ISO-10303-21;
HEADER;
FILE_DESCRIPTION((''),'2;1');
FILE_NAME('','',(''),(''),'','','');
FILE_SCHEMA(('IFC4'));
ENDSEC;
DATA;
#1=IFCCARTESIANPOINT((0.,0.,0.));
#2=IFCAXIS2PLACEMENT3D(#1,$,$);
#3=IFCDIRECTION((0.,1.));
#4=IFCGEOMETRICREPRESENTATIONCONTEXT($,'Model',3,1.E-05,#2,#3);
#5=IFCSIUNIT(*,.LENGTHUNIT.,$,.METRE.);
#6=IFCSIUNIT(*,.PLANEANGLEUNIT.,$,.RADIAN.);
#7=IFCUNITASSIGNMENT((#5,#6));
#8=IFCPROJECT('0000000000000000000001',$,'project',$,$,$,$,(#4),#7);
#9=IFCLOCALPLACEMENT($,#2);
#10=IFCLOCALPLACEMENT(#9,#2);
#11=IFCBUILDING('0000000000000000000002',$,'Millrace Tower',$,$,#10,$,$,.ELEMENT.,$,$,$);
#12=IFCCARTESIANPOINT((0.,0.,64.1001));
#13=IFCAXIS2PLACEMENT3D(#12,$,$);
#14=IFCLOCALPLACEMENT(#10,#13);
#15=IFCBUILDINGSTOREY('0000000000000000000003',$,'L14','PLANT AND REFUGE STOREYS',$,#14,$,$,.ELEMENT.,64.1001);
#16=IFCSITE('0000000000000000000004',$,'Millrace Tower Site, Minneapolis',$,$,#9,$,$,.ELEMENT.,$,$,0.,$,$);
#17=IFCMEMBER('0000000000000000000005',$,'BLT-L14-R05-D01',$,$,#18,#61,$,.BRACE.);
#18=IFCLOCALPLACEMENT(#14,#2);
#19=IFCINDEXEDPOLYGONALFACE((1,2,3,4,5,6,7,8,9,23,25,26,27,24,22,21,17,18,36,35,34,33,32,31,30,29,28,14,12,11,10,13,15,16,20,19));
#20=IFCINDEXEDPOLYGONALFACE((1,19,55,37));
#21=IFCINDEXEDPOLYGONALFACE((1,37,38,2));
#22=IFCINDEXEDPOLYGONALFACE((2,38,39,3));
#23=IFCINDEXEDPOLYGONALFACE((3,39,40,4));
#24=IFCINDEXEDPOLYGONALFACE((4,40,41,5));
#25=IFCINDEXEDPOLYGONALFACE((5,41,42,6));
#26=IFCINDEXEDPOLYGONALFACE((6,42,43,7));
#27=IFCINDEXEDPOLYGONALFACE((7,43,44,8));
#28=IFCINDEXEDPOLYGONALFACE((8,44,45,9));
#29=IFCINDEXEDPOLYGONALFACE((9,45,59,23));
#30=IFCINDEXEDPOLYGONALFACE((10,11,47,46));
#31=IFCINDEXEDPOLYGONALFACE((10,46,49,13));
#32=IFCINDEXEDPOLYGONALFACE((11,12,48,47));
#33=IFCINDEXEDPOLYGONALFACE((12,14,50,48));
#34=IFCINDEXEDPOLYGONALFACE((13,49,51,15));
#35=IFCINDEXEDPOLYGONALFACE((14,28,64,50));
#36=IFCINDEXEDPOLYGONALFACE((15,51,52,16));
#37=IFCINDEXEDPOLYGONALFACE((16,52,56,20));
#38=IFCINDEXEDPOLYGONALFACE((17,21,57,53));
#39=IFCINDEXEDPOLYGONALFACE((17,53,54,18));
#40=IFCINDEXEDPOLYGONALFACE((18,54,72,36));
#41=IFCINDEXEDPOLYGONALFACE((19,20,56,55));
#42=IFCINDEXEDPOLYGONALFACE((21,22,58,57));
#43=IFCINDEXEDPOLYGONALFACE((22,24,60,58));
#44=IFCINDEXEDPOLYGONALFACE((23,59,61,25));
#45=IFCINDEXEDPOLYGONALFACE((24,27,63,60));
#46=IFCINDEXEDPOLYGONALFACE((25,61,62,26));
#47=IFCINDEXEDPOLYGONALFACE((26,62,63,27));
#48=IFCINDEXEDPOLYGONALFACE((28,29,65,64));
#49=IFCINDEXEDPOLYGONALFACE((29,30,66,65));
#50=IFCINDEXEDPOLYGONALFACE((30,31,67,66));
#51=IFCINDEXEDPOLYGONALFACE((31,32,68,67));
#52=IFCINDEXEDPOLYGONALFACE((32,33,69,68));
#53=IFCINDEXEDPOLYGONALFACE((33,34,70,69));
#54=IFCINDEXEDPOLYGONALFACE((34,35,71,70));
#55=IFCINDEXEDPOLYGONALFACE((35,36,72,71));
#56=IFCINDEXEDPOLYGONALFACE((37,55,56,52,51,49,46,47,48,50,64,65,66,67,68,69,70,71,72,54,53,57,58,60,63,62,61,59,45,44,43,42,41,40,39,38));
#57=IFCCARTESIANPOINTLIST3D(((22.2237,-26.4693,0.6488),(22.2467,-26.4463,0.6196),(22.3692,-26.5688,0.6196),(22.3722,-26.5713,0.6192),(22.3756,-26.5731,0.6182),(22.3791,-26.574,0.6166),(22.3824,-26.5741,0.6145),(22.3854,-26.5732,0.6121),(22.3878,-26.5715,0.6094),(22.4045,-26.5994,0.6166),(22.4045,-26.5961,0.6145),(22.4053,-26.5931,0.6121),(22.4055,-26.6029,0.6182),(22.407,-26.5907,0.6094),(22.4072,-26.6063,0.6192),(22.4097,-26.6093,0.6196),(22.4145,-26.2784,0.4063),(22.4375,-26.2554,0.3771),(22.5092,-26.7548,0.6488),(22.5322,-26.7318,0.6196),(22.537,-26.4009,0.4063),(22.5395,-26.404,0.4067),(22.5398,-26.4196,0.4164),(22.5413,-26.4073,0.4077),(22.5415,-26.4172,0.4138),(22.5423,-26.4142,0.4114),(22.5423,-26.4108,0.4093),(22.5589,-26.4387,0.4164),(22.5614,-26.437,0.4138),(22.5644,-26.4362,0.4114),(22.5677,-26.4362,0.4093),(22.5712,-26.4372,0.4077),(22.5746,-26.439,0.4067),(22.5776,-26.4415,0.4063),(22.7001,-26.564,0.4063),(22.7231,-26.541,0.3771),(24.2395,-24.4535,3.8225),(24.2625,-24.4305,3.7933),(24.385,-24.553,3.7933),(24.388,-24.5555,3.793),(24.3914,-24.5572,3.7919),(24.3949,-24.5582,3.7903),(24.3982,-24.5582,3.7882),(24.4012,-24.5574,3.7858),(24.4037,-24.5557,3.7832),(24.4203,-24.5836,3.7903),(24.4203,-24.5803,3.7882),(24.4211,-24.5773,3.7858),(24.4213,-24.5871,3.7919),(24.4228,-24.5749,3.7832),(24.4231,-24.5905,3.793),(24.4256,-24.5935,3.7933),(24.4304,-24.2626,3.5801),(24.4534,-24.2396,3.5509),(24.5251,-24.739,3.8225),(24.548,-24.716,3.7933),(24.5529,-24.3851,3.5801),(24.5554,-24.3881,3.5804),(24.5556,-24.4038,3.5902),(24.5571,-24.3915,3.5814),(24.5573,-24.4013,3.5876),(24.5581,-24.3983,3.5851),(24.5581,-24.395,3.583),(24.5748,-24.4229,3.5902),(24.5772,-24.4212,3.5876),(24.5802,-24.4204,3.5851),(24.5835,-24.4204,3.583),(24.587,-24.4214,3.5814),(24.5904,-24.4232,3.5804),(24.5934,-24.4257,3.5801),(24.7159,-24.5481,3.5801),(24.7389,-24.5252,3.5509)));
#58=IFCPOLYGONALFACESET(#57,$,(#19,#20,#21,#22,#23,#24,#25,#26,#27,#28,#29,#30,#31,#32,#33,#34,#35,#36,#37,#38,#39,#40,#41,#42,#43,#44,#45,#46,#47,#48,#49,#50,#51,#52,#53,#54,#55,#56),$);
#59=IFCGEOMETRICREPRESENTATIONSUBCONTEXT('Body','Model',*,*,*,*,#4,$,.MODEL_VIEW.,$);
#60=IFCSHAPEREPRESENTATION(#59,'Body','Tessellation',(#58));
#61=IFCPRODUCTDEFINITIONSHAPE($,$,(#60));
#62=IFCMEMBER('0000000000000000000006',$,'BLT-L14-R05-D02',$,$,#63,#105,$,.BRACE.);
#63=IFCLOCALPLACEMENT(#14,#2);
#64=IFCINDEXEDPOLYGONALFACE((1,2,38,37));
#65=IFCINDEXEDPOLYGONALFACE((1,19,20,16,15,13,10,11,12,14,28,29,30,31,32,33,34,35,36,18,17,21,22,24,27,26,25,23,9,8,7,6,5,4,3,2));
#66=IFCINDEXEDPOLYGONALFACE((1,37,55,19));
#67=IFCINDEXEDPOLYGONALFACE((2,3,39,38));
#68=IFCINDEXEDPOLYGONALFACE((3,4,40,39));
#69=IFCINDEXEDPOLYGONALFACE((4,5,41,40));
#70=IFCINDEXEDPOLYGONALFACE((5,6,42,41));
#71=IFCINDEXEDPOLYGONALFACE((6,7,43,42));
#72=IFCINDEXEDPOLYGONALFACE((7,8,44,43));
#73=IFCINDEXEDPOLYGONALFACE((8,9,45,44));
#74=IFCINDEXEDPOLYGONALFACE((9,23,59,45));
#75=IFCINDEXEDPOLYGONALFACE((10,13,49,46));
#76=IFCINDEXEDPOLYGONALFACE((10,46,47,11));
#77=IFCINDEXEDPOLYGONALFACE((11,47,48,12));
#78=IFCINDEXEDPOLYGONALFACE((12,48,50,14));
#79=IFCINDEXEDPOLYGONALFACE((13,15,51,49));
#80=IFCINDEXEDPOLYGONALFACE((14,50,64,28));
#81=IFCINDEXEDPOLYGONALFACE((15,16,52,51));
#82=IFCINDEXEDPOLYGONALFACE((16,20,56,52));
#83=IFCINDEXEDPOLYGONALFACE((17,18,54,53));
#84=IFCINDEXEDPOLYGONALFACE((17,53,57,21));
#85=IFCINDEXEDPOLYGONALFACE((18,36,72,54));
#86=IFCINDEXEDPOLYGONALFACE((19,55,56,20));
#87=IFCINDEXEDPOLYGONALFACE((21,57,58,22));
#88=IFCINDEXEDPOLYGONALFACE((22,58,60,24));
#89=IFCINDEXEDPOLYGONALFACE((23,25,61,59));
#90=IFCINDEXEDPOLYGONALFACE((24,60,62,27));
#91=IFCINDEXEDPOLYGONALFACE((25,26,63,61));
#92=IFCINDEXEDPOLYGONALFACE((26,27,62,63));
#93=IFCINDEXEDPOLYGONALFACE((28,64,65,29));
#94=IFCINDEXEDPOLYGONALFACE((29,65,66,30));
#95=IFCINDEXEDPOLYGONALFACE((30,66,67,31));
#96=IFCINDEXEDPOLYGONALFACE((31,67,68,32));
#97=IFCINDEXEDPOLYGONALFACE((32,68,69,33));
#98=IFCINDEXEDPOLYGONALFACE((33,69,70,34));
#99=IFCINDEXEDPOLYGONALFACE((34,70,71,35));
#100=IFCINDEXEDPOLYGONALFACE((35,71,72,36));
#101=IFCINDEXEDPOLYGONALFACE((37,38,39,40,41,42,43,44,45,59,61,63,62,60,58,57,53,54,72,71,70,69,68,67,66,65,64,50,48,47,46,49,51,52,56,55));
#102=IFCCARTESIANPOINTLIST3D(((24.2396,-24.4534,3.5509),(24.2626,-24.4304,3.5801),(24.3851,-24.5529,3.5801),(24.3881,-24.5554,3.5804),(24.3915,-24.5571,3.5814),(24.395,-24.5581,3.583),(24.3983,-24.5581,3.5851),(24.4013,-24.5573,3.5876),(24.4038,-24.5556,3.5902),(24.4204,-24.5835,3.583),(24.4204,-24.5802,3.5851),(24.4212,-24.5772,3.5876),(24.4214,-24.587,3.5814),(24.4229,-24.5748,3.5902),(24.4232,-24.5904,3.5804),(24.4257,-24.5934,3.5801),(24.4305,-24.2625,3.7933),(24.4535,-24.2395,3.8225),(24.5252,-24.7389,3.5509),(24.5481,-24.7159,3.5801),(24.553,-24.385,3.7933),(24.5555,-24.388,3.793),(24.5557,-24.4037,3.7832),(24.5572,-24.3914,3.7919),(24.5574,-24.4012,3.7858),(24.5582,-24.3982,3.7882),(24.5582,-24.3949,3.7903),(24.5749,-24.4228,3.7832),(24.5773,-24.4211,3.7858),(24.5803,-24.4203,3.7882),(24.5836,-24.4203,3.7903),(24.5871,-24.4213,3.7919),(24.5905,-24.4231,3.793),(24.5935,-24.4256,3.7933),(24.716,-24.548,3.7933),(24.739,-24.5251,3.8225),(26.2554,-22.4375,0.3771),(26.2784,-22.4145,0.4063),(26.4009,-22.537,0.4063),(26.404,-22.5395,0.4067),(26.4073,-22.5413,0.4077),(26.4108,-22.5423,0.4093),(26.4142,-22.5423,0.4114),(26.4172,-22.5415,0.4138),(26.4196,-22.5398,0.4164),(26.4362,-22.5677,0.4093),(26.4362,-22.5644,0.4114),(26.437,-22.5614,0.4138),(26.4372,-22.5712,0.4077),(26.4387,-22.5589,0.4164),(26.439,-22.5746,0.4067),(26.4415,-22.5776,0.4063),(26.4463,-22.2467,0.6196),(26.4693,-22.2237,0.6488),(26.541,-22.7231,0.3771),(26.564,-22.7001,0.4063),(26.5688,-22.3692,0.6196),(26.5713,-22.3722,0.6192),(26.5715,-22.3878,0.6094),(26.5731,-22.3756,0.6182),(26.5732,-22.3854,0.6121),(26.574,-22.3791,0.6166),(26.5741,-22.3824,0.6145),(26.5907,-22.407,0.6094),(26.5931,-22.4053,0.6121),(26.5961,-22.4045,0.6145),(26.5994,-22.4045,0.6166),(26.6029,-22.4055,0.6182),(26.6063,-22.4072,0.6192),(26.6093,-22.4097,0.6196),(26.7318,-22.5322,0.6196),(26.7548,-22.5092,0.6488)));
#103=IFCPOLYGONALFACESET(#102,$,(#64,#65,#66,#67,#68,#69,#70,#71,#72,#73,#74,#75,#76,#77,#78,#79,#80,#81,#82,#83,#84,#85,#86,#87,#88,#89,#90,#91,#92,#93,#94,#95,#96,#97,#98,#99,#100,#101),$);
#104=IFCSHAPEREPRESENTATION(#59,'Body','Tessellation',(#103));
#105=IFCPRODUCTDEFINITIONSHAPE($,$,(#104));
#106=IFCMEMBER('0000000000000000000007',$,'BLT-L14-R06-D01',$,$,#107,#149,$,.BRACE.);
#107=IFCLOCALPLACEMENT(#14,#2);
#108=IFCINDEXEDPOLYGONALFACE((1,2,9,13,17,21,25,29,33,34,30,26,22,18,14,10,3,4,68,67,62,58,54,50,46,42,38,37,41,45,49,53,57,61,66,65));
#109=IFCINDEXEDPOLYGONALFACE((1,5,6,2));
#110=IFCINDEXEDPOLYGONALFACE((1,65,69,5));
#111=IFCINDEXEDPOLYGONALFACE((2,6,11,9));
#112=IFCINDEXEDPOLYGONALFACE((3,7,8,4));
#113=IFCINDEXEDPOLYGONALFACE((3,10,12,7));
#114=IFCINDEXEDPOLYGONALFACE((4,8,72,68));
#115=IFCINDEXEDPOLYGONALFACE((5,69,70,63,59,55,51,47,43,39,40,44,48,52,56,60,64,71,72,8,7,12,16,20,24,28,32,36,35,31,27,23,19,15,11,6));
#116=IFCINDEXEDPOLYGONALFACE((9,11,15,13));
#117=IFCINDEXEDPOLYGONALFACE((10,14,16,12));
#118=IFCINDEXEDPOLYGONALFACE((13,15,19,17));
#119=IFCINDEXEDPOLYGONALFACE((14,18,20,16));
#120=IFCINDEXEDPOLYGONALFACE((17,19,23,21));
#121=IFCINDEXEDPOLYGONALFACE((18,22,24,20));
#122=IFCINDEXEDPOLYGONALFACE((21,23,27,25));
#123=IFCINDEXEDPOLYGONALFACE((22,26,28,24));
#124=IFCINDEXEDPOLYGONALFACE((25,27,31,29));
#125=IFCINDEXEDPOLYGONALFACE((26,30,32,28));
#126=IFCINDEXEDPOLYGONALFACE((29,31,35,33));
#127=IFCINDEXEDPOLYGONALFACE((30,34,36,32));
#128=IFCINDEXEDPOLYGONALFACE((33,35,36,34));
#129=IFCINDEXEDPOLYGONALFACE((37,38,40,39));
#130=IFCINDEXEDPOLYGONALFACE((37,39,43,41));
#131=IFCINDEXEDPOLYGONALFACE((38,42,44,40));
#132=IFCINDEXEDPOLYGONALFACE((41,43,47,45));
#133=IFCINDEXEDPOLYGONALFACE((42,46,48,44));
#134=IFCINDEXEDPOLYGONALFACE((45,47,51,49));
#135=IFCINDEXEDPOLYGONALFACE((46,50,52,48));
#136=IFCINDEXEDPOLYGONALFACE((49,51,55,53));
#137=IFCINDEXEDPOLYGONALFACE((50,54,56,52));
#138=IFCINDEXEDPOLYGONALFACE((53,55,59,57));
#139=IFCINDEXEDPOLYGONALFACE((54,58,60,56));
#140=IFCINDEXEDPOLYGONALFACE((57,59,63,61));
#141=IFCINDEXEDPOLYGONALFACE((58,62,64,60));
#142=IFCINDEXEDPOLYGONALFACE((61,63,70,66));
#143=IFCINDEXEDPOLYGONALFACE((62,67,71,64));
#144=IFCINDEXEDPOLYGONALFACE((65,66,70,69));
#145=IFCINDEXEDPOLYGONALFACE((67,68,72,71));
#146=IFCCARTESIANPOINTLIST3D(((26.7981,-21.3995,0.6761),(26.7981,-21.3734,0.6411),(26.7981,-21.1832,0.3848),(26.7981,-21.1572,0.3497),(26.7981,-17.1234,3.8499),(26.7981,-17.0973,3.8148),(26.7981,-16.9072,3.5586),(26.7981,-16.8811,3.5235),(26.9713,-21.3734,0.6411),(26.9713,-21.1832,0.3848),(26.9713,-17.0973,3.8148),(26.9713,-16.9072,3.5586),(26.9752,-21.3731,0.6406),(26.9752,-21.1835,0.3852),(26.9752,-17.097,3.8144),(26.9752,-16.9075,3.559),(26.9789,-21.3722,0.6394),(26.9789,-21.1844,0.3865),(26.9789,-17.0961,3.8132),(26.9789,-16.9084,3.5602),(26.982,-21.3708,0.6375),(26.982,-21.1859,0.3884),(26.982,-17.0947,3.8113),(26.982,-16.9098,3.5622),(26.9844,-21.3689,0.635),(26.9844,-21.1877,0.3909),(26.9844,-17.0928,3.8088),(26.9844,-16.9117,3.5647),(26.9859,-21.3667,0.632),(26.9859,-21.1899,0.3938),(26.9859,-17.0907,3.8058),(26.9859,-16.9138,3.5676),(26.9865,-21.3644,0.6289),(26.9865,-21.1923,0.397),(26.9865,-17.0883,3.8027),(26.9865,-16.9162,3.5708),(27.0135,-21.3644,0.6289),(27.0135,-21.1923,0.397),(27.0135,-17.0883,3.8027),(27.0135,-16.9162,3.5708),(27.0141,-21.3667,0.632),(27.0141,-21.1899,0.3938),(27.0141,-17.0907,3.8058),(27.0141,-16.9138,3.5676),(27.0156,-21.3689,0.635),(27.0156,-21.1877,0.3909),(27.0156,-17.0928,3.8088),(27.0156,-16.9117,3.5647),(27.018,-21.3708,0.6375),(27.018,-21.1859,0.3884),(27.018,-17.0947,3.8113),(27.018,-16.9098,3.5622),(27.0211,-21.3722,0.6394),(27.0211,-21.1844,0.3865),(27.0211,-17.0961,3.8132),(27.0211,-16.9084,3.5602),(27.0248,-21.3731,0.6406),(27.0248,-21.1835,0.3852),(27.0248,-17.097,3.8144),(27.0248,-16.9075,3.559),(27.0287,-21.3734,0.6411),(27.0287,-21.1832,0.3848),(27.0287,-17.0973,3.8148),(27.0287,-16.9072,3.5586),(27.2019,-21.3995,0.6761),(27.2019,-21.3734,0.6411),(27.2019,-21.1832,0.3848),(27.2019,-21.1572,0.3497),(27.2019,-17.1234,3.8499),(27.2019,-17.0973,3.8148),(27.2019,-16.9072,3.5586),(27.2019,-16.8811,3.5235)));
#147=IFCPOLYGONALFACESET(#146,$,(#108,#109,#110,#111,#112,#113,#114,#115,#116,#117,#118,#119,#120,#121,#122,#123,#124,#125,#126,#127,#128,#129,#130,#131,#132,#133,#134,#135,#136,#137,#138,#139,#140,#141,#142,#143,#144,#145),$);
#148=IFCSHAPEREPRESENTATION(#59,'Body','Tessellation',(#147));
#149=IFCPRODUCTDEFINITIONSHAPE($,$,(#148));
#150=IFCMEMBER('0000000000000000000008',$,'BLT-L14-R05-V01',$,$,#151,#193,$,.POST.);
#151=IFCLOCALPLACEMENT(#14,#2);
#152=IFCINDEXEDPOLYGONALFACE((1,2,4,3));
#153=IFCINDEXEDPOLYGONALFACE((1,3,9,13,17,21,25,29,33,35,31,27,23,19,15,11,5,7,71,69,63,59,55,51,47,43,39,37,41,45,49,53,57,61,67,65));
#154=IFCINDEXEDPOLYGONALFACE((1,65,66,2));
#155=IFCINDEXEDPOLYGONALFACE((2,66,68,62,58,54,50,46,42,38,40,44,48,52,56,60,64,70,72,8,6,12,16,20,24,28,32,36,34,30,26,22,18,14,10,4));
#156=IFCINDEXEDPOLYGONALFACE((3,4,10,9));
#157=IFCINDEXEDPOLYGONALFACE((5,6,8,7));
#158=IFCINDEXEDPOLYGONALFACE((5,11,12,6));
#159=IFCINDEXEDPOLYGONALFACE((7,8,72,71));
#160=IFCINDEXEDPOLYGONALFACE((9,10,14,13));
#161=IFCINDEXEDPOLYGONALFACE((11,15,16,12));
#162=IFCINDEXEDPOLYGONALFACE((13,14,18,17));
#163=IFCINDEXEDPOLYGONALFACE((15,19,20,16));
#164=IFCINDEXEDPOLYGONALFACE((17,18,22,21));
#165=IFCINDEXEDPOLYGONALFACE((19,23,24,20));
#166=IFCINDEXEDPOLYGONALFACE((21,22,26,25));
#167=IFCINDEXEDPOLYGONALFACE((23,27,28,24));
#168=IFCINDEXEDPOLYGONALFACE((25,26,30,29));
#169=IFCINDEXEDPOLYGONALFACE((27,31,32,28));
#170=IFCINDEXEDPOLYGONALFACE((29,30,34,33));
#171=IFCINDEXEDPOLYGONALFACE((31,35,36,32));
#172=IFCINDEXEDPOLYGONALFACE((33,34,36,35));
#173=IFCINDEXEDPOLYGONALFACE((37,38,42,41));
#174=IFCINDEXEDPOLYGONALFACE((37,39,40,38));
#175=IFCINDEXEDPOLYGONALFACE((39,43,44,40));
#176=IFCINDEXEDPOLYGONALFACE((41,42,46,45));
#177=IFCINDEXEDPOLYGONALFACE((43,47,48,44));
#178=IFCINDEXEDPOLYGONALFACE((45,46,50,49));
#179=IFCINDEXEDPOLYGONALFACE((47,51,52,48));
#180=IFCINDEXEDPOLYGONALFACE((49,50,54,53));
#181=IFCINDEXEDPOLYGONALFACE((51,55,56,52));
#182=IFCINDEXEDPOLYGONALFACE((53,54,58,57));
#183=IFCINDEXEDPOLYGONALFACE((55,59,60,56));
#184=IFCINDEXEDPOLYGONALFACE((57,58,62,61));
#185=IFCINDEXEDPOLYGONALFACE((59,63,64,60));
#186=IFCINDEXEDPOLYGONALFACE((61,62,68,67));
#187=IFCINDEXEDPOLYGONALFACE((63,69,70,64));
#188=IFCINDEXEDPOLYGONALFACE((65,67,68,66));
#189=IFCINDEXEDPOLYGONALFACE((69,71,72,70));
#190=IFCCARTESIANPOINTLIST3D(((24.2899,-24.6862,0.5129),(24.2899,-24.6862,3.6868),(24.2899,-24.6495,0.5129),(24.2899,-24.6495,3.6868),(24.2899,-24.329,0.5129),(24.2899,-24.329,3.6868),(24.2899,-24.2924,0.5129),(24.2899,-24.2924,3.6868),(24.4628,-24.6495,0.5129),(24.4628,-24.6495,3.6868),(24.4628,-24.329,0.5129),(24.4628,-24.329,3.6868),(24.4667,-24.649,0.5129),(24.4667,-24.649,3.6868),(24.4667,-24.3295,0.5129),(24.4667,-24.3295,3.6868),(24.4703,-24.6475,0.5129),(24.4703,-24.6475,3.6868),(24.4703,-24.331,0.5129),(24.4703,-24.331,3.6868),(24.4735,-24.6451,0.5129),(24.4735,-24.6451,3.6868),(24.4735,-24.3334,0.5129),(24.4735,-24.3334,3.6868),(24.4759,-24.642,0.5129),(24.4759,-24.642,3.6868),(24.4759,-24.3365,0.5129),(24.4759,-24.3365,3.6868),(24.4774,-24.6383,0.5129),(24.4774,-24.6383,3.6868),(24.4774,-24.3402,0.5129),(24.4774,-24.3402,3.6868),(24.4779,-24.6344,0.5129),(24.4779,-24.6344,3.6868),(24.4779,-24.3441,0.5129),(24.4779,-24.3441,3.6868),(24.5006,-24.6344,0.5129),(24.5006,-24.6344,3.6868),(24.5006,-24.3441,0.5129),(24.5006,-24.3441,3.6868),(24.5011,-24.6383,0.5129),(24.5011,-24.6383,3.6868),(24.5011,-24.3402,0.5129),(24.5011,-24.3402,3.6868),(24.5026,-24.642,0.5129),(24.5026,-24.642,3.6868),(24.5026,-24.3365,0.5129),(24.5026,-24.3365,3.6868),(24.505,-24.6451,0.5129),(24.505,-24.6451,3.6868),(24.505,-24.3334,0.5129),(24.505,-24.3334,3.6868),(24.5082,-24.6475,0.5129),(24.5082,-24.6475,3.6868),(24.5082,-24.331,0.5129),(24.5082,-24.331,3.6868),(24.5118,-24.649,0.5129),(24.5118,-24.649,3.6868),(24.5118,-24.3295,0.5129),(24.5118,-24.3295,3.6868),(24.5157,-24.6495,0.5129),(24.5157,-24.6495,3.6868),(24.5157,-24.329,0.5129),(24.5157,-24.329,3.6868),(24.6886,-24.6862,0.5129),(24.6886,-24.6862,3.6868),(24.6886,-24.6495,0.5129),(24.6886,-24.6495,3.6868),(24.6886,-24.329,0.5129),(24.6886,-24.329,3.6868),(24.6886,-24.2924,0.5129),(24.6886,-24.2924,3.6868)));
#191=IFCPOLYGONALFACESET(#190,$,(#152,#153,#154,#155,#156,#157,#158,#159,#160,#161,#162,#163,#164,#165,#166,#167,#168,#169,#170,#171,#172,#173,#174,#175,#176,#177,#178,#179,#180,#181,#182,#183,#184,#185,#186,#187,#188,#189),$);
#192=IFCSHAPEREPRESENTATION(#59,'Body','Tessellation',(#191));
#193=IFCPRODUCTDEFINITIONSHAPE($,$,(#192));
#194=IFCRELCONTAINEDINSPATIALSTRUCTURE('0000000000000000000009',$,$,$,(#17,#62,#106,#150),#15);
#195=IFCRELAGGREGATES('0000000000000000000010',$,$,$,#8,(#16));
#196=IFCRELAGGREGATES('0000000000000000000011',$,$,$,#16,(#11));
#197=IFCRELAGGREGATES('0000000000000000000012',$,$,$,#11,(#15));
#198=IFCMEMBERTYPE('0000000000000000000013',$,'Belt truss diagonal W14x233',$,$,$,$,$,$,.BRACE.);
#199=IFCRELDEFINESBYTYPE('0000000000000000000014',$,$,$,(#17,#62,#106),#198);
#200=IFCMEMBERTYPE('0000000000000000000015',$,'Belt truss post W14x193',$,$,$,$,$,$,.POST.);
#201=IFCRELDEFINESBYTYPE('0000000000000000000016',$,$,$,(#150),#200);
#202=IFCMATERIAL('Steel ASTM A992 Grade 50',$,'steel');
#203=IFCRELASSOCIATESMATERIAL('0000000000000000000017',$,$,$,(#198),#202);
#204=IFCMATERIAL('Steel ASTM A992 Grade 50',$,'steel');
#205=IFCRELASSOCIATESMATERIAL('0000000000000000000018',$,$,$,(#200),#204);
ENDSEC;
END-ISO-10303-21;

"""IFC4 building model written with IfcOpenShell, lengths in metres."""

from ifc_helpers import new_model, si_unit, direction, frame, origin, origin_2d, place, context, subcontext, project, spatial, i_section, extrude, material, material_profile, profile_set, type_object, element, save


model = new_model("IFC4")

# Units and contexts
model_context = context("Model", 3, precision=1e-05, world=origin(), true_north=direction((0.0, 1.0)))
body_context = subcontext(model_context, "Body", "Model", "MODEL_VIEW")
ifc_project = project(units=[si_unit("LENGTHUNIT", "METRE"), si_unit("PLANEANGLEUNIT", "RADIAN")], contexts=[model_context])

# Site, building, storey
site_placement = place(None, origin())
site = spatial("IfcSite", under=ifc_project, at=site_placement, Name="Millrace Tower Site, Minneapolis", CompositionType="ELEMENT", RefElevation=0.0)
building_placement = place(site_placement, origin())
building = spatial("IfcBuilding", under=site, at=building_placement, Name="Millrace Tower", CompositionType="ELEMENT")
storey_placement = place(building_placement, frame((0.0, 0.0, 64.1001)))
storey = spatial("IfcBuildingStorey", under=building, at=storey_placement, Name="L14", Description="PLANT AND REFUGE STOREYS", CompositionType="ELEMENT", Elevation=64.1001)

# Members
ifc_material_1 = material(Name="Steel ASTM A992 Grade 50", Category="steel")
ifc_material_profile_1 = material_profile(ifc_material_1, i_section(OverallWidth=0.4038, OverallDepth=0.4065, WebThickness=0.0271, FlangeThickness=0.0437, FilletRadius=0.0151, at=origin_2d()))
ifc_profile_set_1 = profile_set([ifc_material_profile_1], Name="Steel ASTM A992 Grade 50")
member_type_1 = type_object("IfcMemberType", Name="Belt truss diagonal W14x233", PredefinedType="BRACE", material=ifc_profile_set_1)
for number, where, z_axis, x_axis, name in (
    (1, (22.4734, -26.5051, 0.5129), (0.472519, 0.472519, 0.743944), (-0.707107, 0.707107, 0.0), "BLT-L14-R05-D01"),
    (2, (26.5051, -22.4734, 0.5129), (-0.472519, -0.472519, 0.743944), (0.707107, -0.707107, 0.0), "BLT-L14-R05-D02"),
):
    element("IfcMember", number, at=place(storey_placement, frame(where, z_axis=z_axis, x_axis=x_axis)), inside=storey, type_object=member_type_1, Name=name, PredefinedType="BRACE", context=body_context, shape_type="SweptSolid", body=[
        extrude(i_section(OverallWidth=0.4038, OverallDepth=0.4065, WebThickness=0.0271, FlangeThickness=0.0437, FilletRadius=0.0151, at=origin_2d()), origin(), (0.0, 0.0, 1.0), 4.2661),
    ])
member_1_placement = place(storey_placement, frame((27.0, -21.2783, 0.5129), z_axis=(0.0, 0.802988, 0.595995), x_axis=(-1.0, 0.0, 0.0)))
element("IfcMember", 3, at=member_1_placement, inside=storey, type_object=member_type_1, Name="BLT-L14-R06-D01", PredefinedType="BRACE", context=body_context, shape_type="SweptSolid", body=[
    extrude(i_section(OverallWidth=0.4038, OverallDepth=0.4065, WebThickness=0.0271, FlangeThickness=0.0437, FilletRadius=0.0151, at=origin_2d()), origin(), (0.0, 0.0, 1.0), 5.3252),
])
ifc_material_2 = material(Name="Steel ASTM A992 Grade 50", Category="steel")
ifc_material_profile_2 = material_profile(ifc_material_2, i_section(OverallWidth=0.3987, OverallDepth=0.3938, WebThickness=0.0227, FlangeThickness=0.0366, FilletRadius=0.0151, at=origin_2d()))
ifc_profile_set_2 = profile_set([ifc_material_profile_2], Name="Steel ASTM A992 Grade 50")
member_type_2 = type_object("IfcMemberType", Name="Belt truss post W14x193", PredefinedType="POST", material=ifc_profile_set_2)
for number, where, z_axis, x_axis, name in (
    (4, (24.4893, -24.4893, 0.5129), (0.0, 0.0, 1.0), (1.0, 0.0, 0.0), "BLT-L14-R05-V01"),
):
    element("IfcMember", number, at=place(storey_placement, frame(where, z_axis=z_axis, x_axis=x_axis)), inside=storey, type_object=member_type_2, Name=name, PredefinedType="POST", context=body_context, shape_type="SweptSolid", body=[
        extrude(i_section(OverallWidth=0.3987, OverallDepth=0.3938, WebThickness=0.0227, FlangeThickness=0.0366, FilletRadius=0.0151, at=origin_2d()), origin(), (0.0, 0.0, 1.0), 3.1738),
    ])

save(model, "model.ifc")
